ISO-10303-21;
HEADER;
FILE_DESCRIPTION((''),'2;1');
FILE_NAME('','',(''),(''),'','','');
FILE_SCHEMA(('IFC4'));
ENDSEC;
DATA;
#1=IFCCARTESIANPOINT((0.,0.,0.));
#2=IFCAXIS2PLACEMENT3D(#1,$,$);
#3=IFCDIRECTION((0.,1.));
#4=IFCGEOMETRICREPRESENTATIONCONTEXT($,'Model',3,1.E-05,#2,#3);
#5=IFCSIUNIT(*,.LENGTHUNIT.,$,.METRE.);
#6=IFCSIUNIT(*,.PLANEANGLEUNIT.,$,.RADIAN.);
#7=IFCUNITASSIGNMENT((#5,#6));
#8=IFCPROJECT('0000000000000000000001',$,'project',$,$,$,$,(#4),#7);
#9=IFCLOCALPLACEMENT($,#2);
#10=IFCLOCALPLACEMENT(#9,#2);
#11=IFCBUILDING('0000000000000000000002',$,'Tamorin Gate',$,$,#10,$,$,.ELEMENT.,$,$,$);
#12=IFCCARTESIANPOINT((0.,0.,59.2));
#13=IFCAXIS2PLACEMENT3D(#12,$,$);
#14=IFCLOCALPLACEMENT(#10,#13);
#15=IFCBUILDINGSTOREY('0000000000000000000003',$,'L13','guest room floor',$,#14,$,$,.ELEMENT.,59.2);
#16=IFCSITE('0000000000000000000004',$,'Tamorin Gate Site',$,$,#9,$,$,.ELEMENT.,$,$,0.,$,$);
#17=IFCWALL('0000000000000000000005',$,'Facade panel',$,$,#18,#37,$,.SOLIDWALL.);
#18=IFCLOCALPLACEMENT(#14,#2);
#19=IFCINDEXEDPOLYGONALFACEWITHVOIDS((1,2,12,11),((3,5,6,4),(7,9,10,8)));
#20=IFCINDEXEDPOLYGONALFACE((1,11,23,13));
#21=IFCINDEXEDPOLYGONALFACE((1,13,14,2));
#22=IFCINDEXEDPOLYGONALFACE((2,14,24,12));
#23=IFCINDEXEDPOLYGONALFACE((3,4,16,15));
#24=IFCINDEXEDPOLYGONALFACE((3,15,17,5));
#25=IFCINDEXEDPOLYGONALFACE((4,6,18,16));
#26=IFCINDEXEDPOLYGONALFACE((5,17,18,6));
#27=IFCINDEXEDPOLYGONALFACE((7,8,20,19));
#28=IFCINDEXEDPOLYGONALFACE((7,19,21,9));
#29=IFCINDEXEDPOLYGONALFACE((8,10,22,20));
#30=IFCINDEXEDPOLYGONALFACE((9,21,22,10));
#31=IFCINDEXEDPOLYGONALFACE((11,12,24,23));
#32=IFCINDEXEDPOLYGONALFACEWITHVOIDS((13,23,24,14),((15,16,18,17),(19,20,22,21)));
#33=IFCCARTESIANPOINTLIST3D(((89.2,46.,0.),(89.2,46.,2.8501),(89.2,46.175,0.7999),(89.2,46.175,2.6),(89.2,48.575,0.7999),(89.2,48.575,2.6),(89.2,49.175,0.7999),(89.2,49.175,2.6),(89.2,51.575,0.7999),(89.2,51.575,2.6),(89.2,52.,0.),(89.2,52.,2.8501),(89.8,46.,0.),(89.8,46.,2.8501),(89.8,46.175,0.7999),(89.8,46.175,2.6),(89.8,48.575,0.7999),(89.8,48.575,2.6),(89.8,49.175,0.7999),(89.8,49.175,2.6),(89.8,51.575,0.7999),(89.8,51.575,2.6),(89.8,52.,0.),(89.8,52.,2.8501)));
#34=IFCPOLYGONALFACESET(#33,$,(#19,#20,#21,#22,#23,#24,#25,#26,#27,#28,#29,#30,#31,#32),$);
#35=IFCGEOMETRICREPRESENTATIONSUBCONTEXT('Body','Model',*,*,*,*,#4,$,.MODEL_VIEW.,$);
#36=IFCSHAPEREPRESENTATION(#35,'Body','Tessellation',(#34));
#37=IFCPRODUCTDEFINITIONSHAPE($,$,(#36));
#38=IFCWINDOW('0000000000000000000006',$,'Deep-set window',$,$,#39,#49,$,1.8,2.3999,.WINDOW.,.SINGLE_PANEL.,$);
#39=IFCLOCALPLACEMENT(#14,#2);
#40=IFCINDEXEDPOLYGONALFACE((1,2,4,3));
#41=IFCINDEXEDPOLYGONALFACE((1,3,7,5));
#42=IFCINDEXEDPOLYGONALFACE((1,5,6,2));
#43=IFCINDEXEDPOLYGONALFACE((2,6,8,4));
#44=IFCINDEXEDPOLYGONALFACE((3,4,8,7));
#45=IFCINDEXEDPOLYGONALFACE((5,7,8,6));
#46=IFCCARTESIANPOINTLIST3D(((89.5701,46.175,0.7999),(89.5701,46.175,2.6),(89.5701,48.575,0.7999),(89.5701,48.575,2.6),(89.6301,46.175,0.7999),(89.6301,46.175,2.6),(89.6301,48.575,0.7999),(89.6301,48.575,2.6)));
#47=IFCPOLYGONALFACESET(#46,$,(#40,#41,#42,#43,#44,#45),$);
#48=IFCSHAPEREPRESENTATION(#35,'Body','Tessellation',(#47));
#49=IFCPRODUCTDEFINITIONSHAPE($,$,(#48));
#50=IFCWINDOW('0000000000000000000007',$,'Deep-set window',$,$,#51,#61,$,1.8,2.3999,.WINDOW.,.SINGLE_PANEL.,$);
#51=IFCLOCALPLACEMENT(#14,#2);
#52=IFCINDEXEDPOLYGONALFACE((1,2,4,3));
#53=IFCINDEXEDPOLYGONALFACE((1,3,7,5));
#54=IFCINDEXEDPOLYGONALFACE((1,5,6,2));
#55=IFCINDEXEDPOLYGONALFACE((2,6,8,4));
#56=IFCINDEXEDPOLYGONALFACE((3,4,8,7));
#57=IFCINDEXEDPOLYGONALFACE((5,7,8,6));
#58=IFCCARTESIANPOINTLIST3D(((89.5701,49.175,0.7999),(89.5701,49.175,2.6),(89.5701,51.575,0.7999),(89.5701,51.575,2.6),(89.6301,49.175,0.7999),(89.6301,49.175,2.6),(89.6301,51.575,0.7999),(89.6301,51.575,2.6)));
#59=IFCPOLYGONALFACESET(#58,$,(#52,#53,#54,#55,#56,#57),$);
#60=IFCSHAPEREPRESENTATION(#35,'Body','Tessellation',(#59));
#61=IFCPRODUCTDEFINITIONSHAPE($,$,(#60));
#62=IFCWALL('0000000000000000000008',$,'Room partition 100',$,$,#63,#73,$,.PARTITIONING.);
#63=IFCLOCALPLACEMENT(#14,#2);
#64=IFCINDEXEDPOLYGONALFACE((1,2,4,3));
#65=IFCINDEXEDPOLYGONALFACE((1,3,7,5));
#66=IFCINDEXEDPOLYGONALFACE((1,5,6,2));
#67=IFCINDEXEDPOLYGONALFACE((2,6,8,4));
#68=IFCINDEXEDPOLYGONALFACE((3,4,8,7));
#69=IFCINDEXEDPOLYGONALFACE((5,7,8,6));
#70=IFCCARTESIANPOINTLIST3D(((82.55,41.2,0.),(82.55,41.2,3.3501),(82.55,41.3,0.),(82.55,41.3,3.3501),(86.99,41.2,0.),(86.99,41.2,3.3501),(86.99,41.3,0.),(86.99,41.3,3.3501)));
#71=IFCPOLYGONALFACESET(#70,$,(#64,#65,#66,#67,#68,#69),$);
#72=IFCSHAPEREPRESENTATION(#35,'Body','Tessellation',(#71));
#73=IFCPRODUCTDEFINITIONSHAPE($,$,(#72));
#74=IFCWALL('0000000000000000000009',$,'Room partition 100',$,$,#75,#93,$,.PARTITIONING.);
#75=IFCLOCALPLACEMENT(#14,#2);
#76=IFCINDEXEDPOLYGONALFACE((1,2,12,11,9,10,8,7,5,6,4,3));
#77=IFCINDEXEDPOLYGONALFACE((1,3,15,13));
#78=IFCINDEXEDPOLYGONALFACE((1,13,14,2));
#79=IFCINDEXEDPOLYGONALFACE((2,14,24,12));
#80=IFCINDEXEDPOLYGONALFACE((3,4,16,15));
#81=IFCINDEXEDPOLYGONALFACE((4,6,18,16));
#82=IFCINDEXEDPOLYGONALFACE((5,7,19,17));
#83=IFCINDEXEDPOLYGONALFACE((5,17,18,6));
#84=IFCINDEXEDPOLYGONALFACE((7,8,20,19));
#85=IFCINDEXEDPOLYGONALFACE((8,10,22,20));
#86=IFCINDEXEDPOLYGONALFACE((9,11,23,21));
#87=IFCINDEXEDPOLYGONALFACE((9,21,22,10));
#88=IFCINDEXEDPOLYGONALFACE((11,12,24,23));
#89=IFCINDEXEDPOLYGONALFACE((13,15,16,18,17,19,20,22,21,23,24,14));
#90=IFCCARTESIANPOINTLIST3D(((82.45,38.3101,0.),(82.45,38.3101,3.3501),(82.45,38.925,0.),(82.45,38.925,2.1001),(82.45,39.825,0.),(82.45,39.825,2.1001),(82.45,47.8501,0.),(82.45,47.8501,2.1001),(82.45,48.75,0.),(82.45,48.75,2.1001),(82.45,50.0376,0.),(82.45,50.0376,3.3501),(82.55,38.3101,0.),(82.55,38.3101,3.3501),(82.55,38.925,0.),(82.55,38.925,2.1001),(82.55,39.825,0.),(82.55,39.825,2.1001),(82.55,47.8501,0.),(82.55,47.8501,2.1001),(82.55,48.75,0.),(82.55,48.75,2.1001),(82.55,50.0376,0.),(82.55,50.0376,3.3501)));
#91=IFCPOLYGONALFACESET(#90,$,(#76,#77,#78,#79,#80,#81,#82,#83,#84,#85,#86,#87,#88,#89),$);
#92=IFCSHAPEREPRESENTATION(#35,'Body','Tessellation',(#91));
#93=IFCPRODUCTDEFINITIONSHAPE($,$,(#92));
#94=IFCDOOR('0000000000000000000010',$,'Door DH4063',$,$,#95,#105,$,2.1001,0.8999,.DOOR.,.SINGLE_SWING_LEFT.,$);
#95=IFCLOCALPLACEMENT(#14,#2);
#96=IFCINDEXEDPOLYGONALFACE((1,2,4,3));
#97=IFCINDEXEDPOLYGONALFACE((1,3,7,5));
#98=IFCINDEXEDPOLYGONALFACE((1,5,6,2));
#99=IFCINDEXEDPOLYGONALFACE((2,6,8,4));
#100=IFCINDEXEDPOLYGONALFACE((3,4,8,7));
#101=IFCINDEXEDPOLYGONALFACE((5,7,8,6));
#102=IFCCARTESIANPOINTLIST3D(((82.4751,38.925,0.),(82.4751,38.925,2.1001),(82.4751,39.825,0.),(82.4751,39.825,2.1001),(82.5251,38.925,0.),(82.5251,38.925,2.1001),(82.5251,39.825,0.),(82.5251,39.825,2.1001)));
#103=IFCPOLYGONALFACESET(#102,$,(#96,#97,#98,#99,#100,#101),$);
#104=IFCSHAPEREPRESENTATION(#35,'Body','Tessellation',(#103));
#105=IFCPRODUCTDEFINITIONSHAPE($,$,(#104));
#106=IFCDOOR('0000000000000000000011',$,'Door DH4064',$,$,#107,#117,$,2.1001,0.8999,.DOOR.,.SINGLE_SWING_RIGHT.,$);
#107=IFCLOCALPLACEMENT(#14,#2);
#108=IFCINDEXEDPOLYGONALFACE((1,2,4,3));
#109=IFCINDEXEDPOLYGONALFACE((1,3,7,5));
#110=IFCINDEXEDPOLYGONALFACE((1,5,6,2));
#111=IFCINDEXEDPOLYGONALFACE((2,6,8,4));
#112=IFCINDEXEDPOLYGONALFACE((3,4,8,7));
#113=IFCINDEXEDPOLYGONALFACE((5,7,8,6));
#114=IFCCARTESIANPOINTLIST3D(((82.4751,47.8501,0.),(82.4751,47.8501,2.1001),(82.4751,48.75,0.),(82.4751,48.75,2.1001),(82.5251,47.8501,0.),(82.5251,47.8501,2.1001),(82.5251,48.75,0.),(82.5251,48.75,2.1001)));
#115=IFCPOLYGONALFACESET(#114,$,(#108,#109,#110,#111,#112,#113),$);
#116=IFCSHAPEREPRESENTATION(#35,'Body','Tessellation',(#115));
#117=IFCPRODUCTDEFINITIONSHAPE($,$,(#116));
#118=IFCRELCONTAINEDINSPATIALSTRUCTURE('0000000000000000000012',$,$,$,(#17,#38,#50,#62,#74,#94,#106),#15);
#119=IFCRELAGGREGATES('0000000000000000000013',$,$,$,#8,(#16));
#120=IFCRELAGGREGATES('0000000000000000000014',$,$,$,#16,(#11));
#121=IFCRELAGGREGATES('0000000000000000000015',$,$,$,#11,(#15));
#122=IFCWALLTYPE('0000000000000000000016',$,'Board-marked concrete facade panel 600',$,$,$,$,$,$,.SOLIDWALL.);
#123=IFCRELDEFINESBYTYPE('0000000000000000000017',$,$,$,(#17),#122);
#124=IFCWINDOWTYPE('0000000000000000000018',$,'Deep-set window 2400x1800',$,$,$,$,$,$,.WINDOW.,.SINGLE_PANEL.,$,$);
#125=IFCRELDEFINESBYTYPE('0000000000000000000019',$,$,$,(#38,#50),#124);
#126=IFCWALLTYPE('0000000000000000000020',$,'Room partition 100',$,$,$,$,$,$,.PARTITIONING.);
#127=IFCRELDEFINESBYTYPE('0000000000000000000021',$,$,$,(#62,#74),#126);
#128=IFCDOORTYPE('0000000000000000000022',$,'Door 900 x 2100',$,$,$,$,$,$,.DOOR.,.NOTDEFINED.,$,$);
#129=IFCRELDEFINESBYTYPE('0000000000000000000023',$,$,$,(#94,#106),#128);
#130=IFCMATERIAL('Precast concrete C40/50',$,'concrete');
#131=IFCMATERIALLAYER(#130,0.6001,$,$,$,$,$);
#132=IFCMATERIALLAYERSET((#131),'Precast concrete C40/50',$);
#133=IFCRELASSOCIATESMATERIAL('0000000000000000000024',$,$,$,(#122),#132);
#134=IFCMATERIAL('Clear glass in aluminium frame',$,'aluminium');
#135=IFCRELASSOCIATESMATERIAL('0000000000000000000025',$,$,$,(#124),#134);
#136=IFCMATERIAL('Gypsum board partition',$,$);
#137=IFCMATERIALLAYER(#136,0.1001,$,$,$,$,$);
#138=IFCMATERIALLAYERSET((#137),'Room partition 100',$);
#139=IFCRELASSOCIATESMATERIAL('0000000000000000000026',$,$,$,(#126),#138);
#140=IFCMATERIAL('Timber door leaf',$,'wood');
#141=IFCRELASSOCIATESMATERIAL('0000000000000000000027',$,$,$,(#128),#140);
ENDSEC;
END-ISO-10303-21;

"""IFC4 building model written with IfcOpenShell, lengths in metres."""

from ifc_helpers import new_model, si_unit, direction, frame, frame_2d, origin, place, context, subcontext, project, spatial, rectangle, extrude, material, layer, layer_set, type_object, element, fill, save


model = new_model("IFC4")

# Units and contexts
model_context = context("Model", 3, precision=1e-05, world=origin(), true_north=direction((0.0, 1.0)))
body_context = subcontext(model_context, "Body", "Model", "MODEL_VIEW")
ifc_project = project(units=[si_unit("LENGTHUNIT", "METRE"), si_unit("PLANEANGLEUNIT", "RADIAN")], contexts=[model_context])

# Site, building, storey
site_placement = place(None, origin())
site = spatial("IfcSite", under=ifc_project, at=site_placement, Name="Tamorin Gate Site", CompositionType="ELEMENT", RefElevation=0.0)
building_placement = place(site_placement, origin())
building = spatial("IfcBuilding", under=site, at=building_placement, Name="Tamorin Gate", CompositionType="ELEMENT")
storey_placement = place(building_placement, frame((0.0, 0.0, 59.2)))
storey = spatial("IfcBuildingStorey", under=building, at=storey_placement, Name="L13", Description="guest room floor", CompositionType="ELEMENT", Elevation=59.2)

# Shared definitions
ifc_material_1 = material(Name="Precast concrete C40/50", Category="concrete")
ifc_layer_1 = layer(ifc_material_1, 0.6001)
ifc_layer_set_1 = layer_set([ifc_layer_1], Name="Precast concrete C40/50")
wall_type_1 = type_object("IfcWallType", Name="Board-marked concrete facade panel 600", PredefinedType="SOLIDWALL", material=ifc_layer_set_1)
ifc_material_2 = material(Name="Clear glass in aluminium frame", Category="aluminium")
window_type = type_object("IfcWindowType", Name="Deep-set window 2400x1800", PartitioningType="SINGLE_PANEL", PredefinedType="WINDOW", material=ifc_material_2)

# Wall, openings, windows
wall_1_placement = place(storey_placement, frame((89.5, 46.0, 0.0), z_axis=(0.0, 0.0, 1.0), x_axis=(0.0, 1.0, 0.0)))
wall_1 = element("IfcWall", 1, at=wall_1_placement, inside=storey, type_object=wall_type_1, Name="Facade panel", PredefinedType="SOLIDWALL", context=body_context, shape_type="SweptSolid", body=[
    extrude(rectangle(XDim=6.0, YDim=0.6001, at=frame_2d((3.0, 0.0))), origin(), (0.0, 0.0, 1.0), 2.8501),
])
opening_1_placement = place(wall_1_placement, frame((0.175, 0.0, 0.8)))
opening_1 = element("IfcOpeningElement", 2, at=opening_1_placement, cuts=wall_1, PredefinedType="OPENING", context=body_context, shape_type="SweptSolid", body=[
    extrude(rectangle(XDim=2.3999, YDim=1.8, at=frame_2d((1.2, 0.8999))), frame((0.0, 0.3101, 0.0), z_axis=(0.0, -1.0, 0.0), x_axis=(1.0, 0.0, 0.0)), (0.0, 0.0, 1.0), 0.6201),
])
opening_2_placement = place(wall_1_placement, frame((3.175, 0.0, 0.8)))
opening_2 = element("IfcOpeningElement", 3, at=opening_2_placement, cuts=wall_1, PredefinedType="OPENING", context=body_context, shape_type="SweptSolid", body=[
    extrude(rectangle(XDim=2.3999, YDim=1.8, at=frame_2d((1.2, 0.8999))), frame((0.0, 0.3101, 0.0), z_axis=(0.0, -1.0, 0.0), x_axis=(1.0, 0.0, 0.0)), (0.0, 0.0, 1.0), 0.6201),
])
window_1_placement = place(opening_1_placement, origin())
window_1 = element("IfcWindow", 4, at=window_1_placement, inside=storey, type_object=window_type, Name="Deep-set window", OverallHeight=1.8, OverallWidth=2.3999, PartitioningType="SINGLE_PANEL", PredefinedType="WINDOW", context=body_context, shape_type="SweptSolid", body=[
    extrude(rectangle(XDim=2.3999, YDim=1.8, at=frame_2d((1.2, 0.8999))), frame((0.0, -0.0701, 0.0), z_axis=(0.0, -1.0, 0.0), x_axis=(1.0, 0.0, 0.0)), (0.0, 0.0, 1.0), 0.0601),
])
fill(opening_1, window_1)
window_2_placement = place(opening_2_placement, origin())
window_2 = element("IfcWindow", 5, at=window_2_placement, inside=storey, type_object=window_type, Name="Deep-set window", OverallHeight=1.8, OverallWidth=2.3999, PartitioningType="SINGLE_PANEL", PredefinedType="WINDOW", context=body_context, shape_type="SweptSolid", body=[
    extrude(rectangle(XDim=2.3999, YDim=1.8, at=frame_2d((1.2, 0.8999))), frame((0.0, -0.0701, 0.0), z_axis=(0.0, -1.0, 0.0), x_axis=(1.0, 0.0, 0.0)), (0.0, 0.0, 1.0), 0.0601),
])
fill(opening_2, window_2)

# Wall
ifc_material_3 = material(Name="Gypsum board partition")
ifc_layer_2 = layer(ifc_material_3, 0.1001)
ifc_layer_set_2 = layer_set([ifc_layer_2], Name="Room partition 100")
wall_type_2 = type_object("IfcWallType", Name="Room partition 100", PredefinedType="PARTITIONING", material=ifc_layer_set_2)
wall_2_placement = place(storey_placement, frame((82.55, 41.25, 0.0), z_axis=(0.0, 0.0, 1.0), x_axis=(1.0, 0.0, 0.0)))
element("IfcWall", 6, at=wall_2_placement, inside=storey, type_object=wall_type_2, Name="Room partition 100", PredefinedType="PARTITIONING", context=body_context, shape_type="SweptSolid", body=[
    extrude(rectangle(XDim=4.4399, YDim=0.1001, at=frame_2d((2.22, 0.0))), origin(), (0.0, 0.0, 1.0), 3.3501),
])

# Wall, openings, doors
wall_3_placement = place(storey_placement, frame((82.5, 38.3101, 0.0), z_axis=(0.0, 0.0, 1.0), x_axis=(0.0, 1.0, 0.0)))
wall_3 = element("IfcWall", 7, at=wall_3_placement, inside=storey, type_object=wall_type_2, Name="Room partition 100", PredefinedType="PARTITIONING", context=body_context, shape_type="SweptSolid", body=[
    extrude(rectangle(XDim=11.7275, YDim=0.1001, at=frame_2d((5.8638, 0.0))), origin(), (0.0, 0.0, 1.0), 3.3501),
])
opening_3_placement = place(wall_3_placement, frame((0.615, 0.0, 0.0)))
opening_3 = element("IfcOpeningElement", 8, at=opening_3_placement, cuts=wall_3, PredefinedType="OPENING", context=body_context, shape_type="SweptSolid", body=[
    extrude(rectangle(XDim=0.8999, YDim=2.1001, at=frame_2d((0.45, 1.05))), frame((0.0, 0.0601, 0.0), z_axis=(0.0, -1.0, 0.0), x_axis=(1.0, 0.0, 0.0)), (0.0, 0.0, 1.0), 0.1201),
])
opening_4_placement = place(wall_3_placement, frame((9.54, 0.0, 0.0)))
opening_4 = element("IfcOpeningElement", 9, at=opening_4_placement, cuts=wall_3, PredefinedType="OPENING", context=body_context, shape_type="SweptSolid", body=[
    extrude(rectangle(XDim=0.8999, YDim=2.1001, at=frame_2d((0.45, 1.05))), frame((0.0, 0.0601, 0.0), z_axis=(0.0, -1.0, 0.0), x_axis=(1.0, 0.0, 0.0)), (0.0, 0.0, 1.0), 0.1201),
])
ifc_material_4 = material(Name="Timber door leaf", Category="wood")
door_type = type_object("IfcDoorType", Name="Door 900 x 2100", OperationType="NOTDEFINED", PredefinedType="DOOR", material=ifc_material_4)
door_1_placement = place(opening_3_placement, origin())
door_1 = element("IfcDoor", 10, at=door_1_placement, inside=storey, type_object=door_type, Name="Door DH4063", OperationType="SINGLE_SWING_LEFT", OverallHeight=2.1001, OverallWidth=0.8999, PredefinedType="DOOR", context=body_context, shape_type="SweptSolid", body=[
    extrude(rectangle(XDim=0.8999, YDim=2.1001, at=frame_2d((0.45, 1.05))), frame((0.0, 0.0249, 0.0), z_axis=(0.0, -1.0, 0.0), x_axis=(1.0, 0.0, 0.0)), (0.0, 0.0, 1.0), 0.05),
])
fill(opening_3, door_1)
door_2_placement = place(opening_4_placement, origin())
door_2 = element("IfcDoor", 11, at=door_2_placement, inside=storey, type_object=door_type, Name="Door DH4064", OperationType="SINGLE_SWING_RIGHT", OverallHeight=2.1001, OverallWidth=0.8999, PredefinedType="DOOR", context=body_context, shape_type="SweptSolid", body=[
    extrude(rectangle(XDim=0.8999, YDim=2.1001, at=frame_2d((0.45, 1.05))), frame((0.0, 0.0249, 0.0), z_axis=(0.0, -1.0, 0.0), x_axis=(1.0, 0.0, 0.0)), (0.0, 0.0, 1.0), 0.05),
])
fill(opening_4, door_2)

save(model, "model.ifc")
